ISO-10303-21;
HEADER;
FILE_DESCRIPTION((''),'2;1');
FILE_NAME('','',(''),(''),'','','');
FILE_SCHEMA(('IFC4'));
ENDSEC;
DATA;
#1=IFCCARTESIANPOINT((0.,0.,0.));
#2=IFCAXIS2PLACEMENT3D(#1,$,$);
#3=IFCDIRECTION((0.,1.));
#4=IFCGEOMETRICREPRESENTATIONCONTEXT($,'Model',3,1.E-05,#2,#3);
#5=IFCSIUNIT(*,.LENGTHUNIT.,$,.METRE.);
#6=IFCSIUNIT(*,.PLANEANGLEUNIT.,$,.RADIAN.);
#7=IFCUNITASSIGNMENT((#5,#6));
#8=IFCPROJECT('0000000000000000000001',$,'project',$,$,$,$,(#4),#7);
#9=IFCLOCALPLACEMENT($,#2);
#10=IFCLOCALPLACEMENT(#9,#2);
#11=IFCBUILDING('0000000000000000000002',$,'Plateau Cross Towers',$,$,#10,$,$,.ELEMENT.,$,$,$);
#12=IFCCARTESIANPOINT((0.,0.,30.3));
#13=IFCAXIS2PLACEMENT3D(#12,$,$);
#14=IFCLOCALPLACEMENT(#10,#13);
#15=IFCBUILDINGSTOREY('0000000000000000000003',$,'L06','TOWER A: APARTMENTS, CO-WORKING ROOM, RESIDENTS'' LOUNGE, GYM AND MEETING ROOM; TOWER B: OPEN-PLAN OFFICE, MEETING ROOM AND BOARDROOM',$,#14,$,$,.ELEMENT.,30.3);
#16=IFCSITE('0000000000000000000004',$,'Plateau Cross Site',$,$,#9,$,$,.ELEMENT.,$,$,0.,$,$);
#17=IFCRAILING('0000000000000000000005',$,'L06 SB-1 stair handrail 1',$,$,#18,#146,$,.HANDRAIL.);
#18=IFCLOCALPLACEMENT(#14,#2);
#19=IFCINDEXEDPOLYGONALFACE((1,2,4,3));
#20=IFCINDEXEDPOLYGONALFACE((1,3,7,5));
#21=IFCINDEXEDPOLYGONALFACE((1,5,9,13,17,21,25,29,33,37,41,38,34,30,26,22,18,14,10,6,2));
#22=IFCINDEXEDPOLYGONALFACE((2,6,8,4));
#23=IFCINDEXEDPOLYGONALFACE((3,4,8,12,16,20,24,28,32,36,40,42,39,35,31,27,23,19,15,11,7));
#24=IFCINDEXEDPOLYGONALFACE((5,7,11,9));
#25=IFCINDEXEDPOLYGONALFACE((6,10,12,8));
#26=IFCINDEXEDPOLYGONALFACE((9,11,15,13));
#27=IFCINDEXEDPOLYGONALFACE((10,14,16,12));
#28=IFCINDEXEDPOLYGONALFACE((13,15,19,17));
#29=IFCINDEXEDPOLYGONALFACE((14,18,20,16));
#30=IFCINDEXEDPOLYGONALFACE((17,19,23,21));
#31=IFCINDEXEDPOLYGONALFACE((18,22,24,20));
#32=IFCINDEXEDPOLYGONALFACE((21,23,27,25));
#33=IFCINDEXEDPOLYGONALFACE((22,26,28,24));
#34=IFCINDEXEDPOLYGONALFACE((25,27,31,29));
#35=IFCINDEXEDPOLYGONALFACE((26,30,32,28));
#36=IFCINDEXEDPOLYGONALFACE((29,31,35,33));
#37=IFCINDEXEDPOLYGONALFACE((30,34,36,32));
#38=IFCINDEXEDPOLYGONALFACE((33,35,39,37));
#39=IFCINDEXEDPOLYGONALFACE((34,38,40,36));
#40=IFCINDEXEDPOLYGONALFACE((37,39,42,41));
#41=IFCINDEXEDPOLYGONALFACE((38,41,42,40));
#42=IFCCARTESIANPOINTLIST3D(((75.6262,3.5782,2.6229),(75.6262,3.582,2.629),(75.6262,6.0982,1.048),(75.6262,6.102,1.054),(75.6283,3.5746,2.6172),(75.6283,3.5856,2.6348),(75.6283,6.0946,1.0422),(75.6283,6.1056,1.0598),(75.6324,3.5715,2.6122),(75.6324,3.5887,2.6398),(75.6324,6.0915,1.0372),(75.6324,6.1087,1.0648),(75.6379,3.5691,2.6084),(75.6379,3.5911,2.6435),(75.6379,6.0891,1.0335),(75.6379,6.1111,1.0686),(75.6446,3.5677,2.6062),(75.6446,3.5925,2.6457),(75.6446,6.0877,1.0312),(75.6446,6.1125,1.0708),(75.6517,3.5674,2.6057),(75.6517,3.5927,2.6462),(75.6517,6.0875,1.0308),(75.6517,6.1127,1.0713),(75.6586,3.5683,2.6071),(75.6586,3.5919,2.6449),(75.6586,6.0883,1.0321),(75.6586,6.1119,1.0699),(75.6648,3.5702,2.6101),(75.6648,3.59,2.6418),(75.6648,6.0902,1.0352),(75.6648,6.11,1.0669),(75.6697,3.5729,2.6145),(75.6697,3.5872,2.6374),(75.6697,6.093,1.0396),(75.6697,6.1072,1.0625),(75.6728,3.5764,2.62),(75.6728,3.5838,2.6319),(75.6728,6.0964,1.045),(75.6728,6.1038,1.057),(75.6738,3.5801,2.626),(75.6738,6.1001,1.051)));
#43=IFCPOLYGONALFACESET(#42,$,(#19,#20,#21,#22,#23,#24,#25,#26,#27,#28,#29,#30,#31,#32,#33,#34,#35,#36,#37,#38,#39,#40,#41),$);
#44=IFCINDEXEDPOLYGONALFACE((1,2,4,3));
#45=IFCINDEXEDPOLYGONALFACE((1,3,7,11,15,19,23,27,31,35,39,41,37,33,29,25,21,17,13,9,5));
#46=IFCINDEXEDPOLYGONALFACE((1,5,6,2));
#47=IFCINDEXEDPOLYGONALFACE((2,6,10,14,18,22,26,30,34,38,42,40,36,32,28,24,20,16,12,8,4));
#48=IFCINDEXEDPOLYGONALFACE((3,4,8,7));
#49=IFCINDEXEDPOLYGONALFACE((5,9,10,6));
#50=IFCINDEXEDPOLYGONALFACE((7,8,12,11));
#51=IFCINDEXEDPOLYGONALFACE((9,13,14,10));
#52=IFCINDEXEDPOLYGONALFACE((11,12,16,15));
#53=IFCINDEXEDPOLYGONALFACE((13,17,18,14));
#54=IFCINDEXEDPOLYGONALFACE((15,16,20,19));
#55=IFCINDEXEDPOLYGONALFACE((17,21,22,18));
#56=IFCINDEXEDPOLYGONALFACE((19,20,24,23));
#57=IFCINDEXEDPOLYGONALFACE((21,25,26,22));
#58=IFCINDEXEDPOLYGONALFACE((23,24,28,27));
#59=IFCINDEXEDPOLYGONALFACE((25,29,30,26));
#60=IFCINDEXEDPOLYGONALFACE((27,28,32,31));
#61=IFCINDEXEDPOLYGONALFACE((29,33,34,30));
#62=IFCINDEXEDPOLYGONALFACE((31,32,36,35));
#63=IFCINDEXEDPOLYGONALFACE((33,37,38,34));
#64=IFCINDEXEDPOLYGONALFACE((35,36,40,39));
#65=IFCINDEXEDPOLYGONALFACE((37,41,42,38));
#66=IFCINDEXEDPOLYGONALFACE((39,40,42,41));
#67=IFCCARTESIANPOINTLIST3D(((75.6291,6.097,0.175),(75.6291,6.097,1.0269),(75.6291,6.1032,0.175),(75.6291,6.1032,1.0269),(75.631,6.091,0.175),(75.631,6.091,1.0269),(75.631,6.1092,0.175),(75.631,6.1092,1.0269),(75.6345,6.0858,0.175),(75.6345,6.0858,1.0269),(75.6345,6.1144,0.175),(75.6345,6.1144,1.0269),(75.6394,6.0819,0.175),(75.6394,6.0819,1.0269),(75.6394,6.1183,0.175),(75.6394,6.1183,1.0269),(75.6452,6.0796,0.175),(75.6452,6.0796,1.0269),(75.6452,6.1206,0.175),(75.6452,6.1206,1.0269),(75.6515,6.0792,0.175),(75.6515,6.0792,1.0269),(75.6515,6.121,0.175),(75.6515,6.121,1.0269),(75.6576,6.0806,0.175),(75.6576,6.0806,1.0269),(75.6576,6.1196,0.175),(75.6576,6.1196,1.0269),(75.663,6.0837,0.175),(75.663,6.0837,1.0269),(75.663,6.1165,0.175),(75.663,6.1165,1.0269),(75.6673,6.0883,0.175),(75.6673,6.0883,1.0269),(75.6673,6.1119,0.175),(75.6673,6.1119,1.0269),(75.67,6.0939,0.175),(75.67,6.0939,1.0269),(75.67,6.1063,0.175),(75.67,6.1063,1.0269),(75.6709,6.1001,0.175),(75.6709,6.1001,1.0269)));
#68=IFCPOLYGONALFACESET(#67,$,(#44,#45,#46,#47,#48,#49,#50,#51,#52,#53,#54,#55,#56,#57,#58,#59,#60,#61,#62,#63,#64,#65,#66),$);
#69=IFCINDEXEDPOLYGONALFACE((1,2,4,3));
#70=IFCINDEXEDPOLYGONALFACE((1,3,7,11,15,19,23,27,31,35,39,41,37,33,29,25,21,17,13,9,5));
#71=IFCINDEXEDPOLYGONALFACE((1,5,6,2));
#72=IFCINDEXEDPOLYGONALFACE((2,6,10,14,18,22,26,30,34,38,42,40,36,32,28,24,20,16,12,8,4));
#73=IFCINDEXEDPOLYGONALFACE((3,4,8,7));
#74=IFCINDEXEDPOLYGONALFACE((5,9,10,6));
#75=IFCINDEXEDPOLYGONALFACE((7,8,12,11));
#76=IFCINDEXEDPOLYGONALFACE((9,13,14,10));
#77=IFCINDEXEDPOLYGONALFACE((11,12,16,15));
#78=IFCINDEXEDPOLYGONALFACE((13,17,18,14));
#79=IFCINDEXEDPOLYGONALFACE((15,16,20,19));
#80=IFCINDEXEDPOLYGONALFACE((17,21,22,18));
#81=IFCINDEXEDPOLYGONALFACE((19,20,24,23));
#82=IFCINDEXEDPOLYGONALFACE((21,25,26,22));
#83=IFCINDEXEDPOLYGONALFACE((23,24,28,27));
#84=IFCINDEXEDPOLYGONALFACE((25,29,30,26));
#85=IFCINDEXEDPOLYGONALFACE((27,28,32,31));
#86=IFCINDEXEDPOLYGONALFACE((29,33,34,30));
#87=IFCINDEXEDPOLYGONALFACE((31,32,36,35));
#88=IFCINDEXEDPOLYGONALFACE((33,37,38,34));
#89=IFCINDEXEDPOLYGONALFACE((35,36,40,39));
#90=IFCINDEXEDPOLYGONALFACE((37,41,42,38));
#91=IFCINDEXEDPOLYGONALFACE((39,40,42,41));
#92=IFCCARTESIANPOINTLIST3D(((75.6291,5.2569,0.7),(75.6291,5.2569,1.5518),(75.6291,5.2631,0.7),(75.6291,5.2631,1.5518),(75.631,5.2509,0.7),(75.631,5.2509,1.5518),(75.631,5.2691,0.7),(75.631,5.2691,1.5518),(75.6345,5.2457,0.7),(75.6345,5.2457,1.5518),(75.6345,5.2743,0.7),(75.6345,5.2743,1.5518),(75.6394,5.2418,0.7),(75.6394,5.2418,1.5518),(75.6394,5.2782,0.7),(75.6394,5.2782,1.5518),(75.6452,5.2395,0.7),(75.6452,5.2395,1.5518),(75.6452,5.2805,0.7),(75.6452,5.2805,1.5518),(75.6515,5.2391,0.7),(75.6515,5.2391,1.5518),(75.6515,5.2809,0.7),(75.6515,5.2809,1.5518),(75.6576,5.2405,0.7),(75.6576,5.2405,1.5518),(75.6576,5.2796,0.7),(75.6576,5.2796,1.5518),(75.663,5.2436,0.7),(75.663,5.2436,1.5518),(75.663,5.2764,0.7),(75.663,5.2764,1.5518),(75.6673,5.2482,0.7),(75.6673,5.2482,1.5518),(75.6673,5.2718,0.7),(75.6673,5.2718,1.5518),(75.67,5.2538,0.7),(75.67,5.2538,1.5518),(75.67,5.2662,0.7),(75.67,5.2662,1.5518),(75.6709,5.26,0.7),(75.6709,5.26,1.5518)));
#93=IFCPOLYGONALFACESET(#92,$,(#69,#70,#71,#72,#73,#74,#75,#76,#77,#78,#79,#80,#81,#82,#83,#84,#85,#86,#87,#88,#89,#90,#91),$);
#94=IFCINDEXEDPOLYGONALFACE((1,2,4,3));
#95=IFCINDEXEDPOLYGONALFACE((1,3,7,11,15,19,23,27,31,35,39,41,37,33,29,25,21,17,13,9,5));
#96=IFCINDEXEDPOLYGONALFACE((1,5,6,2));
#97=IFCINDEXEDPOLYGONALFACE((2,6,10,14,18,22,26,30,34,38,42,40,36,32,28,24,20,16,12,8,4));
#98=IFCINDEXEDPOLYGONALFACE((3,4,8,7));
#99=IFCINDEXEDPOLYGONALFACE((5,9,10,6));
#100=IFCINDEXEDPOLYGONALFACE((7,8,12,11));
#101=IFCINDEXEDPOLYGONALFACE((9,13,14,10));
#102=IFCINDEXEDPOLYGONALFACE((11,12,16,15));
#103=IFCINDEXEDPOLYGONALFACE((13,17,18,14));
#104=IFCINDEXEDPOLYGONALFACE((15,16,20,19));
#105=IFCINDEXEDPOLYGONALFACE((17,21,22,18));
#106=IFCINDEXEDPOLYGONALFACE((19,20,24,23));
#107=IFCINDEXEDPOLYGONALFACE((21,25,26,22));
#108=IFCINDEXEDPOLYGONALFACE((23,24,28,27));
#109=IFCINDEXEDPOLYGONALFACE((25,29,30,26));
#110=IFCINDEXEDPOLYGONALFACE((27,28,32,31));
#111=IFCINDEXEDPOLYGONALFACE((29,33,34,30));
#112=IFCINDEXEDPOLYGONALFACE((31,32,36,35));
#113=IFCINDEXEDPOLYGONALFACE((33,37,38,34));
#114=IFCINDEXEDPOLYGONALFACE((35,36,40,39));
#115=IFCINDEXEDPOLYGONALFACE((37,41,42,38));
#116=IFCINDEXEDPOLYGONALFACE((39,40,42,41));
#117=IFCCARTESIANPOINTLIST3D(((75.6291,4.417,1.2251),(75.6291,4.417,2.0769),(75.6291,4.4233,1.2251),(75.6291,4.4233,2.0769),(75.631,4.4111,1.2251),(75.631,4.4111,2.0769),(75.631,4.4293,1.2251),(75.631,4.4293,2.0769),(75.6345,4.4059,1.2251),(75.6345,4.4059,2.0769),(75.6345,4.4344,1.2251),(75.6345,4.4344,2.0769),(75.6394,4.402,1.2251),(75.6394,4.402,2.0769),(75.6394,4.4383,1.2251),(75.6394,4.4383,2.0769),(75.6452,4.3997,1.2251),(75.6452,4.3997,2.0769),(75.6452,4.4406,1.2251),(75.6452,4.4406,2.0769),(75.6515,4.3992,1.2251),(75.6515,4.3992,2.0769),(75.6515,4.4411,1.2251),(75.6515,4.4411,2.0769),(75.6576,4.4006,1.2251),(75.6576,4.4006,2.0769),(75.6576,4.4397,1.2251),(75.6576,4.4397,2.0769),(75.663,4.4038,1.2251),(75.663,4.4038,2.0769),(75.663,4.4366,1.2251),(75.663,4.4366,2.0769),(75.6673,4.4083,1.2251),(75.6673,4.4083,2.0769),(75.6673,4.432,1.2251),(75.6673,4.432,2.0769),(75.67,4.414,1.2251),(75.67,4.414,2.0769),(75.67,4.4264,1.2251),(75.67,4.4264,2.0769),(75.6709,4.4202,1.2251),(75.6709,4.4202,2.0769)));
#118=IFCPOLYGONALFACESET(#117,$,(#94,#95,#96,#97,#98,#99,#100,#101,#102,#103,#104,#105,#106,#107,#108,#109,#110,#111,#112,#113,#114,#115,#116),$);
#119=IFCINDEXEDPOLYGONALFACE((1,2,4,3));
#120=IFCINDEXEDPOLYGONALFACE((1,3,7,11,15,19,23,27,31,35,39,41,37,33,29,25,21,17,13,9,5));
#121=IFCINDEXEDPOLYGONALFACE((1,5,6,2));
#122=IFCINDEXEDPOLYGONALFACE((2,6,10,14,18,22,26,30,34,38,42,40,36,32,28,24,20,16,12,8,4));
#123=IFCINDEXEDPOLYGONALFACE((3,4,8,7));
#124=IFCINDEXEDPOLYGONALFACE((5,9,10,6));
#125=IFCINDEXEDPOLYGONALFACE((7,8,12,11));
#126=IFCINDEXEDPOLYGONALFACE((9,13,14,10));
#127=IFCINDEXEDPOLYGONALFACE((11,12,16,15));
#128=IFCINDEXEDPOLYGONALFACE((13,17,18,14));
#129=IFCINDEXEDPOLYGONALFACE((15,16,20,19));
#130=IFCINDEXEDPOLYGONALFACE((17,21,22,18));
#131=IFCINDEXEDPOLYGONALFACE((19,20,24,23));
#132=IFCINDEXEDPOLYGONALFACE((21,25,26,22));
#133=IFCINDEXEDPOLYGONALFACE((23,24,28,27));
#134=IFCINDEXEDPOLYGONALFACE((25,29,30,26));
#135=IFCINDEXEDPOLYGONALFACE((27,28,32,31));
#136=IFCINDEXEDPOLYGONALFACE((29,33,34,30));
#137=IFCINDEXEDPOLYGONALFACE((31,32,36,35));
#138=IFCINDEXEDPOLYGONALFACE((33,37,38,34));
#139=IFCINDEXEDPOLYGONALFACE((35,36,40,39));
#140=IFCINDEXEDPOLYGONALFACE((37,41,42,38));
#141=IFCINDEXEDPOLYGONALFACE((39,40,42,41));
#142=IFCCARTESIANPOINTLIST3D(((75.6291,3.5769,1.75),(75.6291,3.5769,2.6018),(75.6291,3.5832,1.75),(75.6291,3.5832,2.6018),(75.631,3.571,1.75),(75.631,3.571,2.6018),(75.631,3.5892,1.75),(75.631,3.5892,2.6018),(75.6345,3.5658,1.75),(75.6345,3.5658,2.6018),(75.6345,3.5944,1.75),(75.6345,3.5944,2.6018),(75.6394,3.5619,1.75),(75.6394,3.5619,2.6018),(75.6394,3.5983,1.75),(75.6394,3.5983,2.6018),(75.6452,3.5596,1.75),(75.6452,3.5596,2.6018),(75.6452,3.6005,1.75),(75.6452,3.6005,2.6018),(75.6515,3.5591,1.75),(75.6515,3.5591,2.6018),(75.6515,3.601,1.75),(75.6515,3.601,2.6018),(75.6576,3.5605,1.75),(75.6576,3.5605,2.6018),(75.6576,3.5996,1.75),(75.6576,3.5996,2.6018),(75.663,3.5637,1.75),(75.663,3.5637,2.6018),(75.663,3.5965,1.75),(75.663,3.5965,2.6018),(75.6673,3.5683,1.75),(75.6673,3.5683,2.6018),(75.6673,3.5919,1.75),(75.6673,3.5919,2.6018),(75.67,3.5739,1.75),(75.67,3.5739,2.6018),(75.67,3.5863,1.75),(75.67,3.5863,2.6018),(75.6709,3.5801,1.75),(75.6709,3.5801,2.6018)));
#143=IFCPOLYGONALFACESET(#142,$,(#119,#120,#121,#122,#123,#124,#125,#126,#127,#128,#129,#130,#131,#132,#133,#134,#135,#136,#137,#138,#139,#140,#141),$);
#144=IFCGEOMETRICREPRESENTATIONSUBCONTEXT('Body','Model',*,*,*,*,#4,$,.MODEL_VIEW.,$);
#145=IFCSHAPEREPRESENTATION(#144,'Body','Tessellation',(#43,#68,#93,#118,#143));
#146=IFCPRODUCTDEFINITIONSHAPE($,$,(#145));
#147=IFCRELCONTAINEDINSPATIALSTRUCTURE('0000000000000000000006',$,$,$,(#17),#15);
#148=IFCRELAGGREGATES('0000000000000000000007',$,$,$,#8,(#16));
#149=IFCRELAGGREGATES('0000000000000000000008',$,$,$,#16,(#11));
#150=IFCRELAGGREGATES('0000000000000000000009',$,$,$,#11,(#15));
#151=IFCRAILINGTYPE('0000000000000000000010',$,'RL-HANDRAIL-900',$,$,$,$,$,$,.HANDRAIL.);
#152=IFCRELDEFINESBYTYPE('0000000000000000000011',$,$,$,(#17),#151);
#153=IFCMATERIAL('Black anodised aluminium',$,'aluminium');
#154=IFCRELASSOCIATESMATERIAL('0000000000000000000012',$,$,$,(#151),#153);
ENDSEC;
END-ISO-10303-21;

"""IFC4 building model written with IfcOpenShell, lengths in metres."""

from ifc_helpers import new_model, si_unit, direction, frame, origin, origin_2d, place, context, subcontext, project, spatial, circle, extrude, material, type_object, element, save


model = new_model("IFC4")

# Units and contexts
model_context = context("Model", 3, precision=1e-05, world=origin(), true_north=direction((0.0, 1.0)))
body_context = subcontext(model_context, "Body", "Model", "MODEL_VIEW")
ifc_project = project(units=[si_unit("LENGTHUNIT", "METRE"), si_unit("PLANEANGLEUNIT", "RADIAN")], contexts=[model_context])

# Site, building, storey
site_placement = place(None, origin())
site = spatial("IfcSite", under=ifc_project, at=site_placement, Name="Plateau Cross Site", CompositionType="ELEMENT", RefElevation=0.0)
building_placement = place(site_placement, origin())
building = spatial("IfcBuilding", under=site, at=building_placement, Name="Plateau Cross Towers", CompositionType="ELEMENT")
storey_placement = place(building_placement, frame((0.0, 0.0, 30.3)))
storey = spatial("IfcBuildingStorey", under=building, at=storey_placement, Name="L06", Description="TOWER A: APARTMENTS, CO-WORKING ROOM, RESIDENTS' LOUNGE, GYM AND MEETING ROOM; TOWER B: OPEN-PLAN OFFICE, MEETING ROOM AND BOARDROOM", CompositionType="ELEMENT", Elevation=30.3)

# Shared definitions
ifc_material_1 = material(Name="Black anodised aluminium", Category="aluminium")

# Railing
railing_type = type_object("IfcRailingType", Name="RL-HANDRAIL-900", PredefinedType="HANDRAIL", material=ifc_material_1)
railing_placement = place(storey_placement, frame((75.6499, 6.1001, 0.175)))
element("IfcRailing", 1, at=railing_placement, inside=storey, type_object=railing_type, Name="L06 SB-1 stair handrail 1", PredefinedType="HANDRAIL", context=body_context, shape_type="SweptSolid", body=[
    extrude(circle(Radius=0.0239, at=origin_2d()), frame((0.0, 0.0, 0.876), z_axis=(0.0, -0.848008, 0.529984), x_axis=(1.0, 0.0, 0.0)), (0.0, 0.0, 1.0), 2.9717),
    extrude(circle(Radius=0.021, at=origin_2d()), origin(), (0.0, 0.0, 1.0), 0.8518),
    extrude(circle(Radius=0.021, at=origin_2d()), frame((0.0, -0.8401, 0.5249)), (0.0, 0.0, 1.0), 0.8518),
    extrude(circle(Radius=0.021, at=origin_2d()), frame((0.0, -1.6799, 1.05)), (0.0, 0.0, 1.0), 0.8518),
    extrude(circle(Radius=0.021, at=origin_2d()), frame((0.0, -2.52, 1.575)), (0.0, 0.0, 1.0), 0.8518),
])

save(model, "model.ifc")
